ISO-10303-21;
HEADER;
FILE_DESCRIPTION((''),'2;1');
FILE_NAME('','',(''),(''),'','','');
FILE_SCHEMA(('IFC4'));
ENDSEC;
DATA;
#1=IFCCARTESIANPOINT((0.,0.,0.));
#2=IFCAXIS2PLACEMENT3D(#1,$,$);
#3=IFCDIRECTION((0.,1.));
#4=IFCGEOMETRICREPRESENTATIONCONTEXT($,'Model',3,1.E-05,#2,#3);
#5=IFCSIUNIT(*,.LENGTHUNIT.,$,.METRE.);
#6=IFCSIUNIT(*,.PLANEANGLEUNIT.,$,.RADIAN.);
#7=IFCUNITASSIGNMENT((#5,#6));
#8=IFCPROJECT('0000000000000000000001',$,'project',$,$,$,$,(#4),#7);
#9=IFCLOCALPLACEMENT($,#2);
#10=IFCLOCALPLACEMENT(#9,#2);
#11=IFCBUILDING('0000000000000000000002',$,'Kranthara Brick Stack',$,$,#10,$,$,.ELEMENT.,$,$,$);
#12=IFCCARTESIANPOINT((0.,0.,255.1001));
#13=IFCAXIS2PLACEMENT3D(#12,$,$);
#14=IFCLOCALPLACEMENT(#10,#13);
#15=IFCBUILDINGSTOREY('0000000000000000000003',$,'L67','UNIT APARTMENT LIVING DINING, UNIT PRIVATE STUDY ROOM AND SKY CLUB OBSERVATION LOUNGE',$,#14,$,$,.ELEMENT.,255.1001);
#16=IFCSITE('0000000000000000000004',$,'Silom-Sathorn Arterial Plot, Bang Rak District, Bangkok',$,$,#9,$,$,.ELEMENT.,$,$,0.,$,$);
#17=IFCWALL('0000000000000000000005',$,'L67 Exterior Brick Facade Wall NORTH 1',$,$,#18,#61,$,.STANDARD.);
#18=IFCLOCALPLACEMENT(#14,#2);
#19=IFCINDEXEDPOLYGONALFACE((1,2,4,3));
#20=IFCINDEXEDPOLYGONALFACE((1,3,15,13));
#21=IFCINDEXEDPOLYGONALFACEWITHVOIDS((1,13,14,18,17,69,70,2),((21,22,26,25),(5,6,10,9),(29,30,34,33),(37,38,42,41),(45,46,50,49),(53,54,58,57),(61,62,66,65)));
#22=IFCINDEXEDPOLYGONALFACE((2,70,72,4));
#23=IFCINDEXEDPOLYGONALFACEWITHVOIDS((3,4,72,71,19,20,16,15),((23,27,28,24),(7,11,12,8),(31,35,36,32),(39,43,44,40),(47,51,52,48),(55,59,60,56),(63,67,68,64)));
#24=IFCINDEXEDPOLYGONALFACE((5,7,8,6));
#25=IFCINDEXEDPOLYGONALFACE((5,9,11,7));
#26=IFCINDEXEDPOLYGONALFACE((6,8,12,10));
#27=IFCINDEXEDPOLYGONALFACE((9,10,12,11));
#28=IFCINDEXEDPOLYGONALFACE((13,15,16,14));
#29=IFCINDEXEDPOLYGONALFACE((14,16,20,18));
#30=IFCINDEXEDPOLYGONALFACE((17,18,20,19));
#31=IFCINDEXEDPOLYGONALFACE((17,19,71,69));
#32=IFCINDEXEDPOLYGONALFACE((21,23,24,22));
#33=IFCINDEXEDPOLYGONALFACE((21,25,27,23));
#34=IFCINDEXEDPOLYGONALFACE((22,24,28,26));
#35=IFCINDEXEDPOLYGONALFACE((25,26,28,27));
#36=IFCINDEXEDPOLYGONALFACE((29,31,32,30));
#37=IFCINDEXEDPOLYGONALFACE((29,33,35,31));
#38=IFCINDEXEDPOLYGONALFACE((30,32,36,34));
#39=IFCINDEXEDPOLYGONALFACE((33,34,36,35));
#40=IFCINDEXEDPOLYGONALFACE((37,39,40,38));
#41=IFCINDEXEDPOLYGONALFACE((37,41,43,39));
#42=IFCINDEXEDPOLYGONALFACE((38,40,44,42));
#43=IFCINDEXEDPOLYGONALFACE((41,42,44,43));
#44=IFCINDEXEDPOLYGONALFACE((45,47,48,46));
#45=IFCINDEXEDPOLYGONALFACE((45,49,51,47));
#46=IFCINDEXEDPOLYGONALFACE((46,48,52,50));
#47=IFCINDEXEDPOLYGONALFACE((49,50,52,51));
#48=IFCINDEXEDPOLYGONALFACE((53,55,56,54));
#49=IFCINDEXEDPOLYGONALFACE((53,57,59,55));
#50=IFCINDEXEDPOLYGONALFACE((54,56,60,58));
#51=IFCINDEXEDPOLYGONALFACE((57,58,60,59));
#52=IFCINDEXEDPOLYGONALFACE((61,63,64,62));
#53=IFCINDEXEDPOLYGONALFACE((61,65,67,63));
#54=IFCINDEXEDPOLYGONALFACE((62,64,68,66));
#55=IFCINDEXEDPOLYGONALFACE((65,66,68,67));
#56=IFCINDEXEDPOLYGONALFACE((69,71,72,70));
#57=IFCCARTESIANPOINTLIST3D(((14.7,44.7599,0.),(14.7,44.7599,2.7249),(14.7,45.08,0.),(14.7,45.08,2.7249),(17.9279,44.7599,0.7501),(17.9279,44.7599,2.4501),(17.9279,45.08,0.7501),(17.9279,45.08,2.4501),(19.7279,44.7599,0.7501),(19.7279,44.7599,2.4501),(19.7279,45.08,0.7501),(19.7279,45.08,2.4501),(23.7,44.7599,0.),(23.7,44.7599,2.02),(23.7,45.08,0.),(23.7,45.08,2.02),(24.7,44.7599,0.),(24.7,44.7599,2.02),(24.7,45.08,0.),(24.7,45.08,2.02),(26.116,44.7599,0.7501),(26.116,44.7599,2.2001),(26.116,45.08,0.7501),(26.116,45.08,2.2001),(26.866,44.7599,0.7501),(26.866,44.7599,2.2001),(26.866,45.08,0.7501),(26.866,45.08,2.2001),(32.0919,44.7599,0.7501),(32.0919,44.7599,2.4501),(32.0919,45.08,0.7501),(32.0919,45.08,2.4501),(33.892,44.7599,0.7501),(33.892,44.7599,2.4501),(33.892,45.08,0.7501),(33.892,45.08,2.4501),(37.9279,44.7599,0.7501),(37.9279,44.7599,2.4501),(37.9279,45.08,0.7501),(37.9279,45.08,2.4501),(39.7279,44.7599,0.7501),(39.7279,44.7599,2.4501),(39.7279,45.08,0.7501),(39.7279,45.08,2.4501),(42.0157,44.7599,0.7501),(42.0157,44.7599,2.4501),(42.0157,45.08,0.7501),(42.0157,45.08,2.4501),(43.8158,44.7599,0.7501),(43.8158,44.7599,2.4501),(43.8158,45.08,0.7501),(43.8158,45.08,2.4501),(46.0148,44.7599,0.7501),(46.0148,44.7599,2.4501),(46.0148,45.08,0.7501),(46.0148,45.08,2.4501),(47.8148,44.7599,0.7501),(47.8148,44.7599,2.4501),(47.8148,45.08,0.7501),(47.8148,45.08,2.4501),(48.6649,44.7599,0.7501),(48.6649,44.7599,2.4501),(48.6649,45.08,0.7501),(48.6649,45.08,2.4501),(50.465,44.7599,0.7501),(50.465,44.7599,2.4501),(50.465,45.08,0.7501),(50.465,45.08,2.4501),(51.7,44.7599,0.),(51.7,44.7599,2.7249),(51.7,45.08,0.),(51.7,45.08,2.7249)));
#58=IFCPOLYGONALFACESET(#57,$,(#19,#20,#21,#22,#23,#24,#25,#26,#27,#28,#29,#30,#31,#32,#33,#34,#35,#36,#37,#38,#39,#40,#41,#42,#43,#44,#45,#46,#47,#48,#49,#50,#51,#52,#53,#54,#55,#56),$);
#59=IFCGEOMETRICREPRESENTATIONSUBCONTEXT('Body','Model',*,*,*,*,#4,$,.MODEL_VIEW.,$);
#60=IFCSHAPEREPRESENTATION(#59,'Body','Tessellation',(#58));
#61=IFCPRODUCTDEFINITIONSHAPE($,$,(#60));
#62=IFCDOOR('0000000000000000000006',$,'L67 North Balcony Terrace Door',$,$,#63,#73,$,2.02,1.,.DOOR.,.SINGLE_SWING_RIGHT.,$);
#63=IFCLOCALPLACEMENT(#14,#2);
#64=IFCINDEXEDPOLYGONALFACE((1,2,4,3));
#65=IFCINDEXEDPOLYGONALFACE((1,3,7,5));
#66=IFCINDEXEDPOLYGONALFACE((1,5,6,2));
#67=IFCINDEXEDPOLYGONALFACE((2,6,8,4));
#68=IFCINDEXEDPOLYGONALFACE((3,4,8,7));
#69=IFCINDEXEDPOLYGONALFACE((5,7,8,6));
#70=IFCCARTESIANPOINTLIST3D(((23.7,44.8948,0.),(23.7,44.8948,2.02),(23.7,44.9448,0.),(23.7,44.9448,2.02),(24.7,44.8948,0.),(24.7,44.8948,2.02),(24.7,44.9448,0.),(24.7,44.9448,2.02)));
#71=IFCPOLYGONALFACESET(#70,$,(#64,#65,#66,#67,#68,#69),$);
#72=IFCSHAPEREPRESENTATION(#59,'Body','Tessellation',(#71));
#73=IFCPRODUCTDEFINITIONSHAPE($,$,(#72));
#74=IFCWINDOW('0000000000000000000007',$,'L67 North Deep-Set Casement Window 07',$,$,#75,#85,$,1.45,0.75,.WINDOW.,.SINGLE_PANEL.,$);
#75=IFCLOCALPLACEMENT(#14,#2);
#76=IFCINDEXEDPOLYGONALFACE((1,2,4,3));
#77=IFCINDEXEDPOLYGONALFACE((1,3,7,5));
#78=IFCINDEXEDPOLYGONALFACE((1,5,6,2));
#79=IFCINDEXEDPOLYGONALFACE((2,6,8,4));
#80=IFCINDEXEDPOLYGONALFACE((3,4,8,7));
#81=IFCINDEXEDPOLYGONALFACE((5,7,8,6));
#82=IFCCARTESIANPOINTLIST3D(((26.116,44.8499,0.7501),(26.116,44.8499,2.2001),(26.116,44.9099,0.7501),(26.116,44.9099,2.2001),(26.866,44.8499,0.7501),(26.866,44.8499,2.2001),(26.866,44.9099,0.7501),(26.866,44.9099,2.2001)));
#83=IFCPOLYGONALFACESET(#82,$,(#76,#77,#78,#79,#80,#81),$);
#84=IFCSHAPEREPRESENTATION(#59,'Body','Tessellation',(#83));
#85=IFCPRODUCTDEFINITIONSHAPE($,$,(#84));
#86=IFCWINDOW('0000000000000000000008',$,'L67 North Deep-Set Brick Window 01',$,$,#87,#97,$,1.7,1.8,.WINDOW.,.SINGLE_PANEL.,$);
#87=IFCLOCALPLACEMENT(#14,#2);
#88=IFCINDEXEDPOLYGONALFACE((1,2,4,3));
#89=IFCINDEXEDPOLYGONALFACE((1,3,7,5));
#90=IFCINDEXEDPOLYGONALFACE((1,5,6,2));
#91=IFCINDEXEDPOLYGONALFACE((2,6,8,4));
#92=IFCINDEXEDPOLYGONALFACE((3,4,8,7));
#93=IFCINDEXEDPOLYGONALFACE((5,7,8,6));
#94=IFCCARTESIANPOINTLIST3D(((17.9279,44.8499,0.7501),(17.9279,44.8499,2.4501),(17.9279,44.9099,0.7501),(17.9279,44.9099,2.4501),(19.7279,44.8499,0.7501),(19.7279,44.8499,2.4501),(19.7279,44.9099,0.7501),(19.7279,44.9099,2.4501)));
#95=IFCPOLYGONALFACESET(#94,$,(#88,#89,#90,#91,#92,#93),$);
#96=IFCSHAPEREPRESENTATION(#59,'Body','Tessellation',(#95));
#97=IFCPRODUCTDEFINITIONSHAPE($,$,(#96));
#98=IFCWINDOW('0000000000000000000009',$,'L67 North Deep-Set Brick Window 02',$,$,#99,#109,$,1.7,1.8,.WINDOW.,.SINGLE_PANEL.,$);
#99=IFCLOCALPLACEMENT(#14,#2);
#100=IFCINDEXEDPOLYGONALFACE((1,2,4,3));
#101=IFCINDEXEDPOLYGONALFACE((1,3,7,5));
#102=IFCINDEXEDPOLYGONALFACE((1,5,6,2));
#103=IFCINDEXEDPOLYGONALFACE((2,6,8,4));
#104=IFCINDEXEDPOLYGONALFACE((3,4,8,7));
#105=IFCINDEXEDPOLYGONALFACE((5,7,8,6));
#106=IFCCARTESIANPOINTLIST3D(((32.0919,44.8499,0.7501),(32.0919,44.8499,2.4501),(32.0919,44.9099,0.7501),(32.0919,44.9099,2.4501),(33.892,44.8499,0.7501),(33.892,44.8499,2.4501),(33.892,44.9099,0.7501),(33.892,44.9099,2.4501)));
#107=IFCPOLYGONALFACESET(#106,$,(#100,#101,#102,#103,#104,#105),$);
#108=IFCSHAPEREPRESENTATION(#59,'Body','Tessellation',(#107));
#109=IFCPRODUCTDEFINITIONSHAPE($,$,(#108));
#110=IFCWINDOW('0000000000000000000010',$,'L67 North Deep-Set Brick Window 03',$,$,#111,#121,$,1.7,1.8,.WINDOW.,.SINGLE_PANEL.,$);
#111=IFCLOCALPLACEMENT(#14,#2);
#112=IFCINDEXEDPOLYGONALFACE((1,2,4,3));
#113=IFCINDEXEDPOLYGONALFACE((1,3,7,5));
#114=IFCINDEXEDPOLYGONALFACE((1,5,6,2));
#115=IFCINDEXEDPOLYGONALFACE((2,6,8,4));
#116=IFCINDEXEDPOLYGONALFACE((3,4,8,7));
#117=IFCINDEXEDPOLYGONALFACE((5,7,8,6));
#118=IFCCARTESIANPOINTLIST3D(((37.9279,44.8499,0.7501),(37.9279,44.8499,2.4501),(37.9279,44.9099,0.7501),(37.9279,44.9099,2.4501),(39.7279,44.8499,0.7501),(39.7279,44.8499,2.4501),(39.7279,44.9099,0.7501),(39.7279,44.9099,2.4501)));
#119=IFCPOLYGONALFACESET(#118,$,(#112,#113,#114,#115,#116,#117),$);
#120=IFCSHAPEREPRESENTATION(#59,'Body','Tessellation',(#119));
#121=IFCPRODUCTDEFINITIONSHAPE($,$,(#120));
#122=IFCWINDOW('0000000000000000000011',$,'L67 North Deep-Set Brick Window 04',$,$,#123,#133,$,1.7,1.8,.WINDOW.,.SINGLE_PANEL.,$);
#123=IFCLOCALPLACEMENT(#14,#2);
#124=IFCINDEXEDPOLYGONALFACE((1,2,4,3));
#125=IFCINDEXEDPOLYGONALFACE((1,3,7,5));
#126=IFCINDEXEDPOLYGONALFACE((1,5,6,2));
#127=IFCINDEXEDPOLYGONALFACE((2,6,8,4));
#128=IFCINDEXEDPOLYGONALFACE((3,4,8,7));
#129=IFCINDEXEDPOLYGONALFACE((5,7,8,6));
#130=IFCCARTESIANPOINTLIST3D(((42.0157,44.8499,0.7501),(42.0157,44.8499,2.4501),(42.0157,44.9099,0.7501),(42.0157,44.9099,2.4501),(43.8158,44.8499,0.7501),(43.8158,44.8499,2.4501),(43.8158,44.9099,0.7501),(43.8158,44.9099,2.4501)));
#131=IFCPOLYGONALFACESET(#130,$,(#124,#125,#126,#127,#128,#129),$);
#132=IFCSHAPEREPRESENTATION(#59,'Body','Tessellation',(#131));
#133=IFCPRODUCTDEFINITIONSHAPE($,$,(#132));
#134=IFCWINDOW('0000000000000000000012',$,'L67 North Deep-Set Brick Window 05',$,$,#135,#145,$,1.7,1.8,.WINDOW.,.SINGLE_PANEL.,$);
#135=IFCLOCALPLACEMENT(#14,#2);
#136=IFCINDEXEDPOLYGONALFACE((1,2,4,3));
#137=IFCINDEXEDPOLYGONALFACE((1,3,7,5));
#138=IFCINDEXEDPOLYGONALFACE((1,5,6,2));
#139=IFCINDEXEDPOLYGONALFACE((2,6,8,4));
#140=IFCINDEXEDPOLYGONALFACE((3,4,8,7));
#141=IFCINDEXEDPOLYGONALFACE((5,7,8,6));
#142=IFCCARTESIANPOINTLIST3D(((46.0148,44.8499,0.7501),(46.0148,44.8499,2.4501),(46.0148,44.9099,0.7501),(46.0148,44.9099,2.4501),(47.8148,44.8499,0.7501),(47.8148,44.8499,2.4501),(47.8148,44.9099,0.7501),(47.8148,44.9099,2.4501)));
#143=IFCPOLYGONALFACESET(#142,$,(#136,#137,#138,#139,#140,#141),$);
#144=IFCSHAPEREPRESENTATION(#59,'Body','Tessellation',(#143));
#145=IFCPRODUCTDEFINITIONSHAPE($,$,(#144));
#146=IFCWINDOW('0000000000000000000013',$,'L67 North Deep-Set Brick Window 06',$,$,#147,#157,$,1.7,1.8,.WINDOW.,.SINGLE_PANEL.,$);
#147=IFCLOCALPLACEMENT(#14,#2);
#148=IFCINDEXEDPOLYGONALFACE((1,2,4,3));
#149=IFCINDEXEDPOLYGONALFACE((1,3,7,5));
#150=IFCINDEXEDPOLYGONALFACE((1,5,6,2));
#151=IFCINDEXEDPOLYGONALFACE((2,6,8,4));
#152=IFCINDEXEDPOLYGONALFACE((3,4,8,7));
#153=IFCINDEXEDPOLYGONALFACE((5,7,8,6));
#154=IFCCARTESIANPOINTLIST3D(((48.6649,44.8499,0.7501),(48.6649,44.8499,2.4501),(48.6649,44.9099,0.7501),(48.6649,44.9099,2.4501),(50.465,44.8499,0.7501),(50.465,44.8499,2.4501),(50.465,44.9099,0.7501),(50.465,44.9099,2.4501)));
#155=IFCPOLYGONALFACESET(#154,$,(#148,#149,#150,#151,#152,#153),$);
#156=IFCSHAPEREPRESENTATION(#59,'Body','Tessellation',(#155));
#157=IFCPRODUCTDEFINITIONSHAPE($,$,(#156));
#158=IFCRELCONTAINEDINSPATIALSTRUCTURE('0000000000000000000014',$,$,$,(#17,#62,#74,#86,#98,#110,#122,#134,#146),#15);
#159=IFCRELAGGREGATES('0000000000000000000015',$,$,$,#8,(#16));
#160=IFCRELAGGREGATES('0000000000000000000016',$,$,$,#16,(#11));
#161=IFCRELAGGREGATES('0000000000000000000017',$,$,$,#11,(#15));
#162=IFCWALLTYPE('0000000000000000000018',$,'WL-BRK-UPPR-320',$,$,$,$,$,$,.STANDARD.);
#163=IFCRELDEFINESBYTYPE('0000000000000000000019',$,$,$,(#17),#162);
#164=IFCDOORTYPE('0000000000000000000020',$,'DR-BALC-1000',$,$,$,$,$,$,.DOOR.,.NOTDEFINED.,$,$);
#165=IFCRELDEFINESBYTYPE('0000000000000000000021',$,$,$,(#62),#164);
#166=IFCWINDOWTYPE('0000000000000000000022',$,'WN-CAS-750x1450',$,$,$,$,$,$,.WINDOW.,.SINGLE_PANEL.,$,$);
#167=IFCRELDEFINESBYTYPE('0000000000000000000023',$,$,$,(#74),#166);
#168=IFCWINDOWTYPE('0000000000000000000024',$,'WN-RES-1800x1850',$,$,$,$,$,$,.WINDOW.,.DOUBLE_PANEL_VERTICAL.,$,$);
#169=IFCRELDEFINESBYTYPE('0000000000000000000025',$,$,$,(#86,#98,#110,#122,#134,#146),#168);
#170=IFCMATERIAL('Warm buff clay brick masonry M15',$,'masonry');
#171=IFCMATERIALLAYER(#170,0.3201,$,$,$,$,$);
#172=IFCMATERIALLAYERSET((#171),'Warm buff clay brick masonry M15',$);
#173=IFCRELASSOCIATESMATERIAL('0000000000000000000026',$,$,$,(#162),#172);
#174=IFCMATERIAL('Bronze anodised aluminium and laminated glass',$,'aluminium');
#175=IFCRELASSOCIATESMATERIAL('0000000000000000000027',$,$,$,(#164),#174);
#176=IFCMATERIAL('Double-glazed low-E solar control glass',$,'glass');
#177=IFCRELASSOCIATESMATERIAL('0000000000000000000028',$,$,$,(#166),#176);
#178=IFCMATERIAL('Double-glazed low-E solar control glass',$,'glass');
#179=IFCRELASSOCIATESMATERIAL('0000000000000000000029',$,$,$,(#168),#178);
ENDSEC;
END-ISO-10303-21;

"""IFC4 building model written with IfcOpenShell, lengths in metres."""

from ifc_helpers import new_model, si_unit, direction, frame, frame_2d, origin, place, context, subcontext, project, spatial, rectangle, extrude, material, layer, layer_set, type_object, element, fill, save


model = new_model("IFC4")

# Units and contexts
model_context = context("Model", 3, precision=1e-05, world=origin(), true_north=direction((0.0, 1.0)))
body_context = subcontext(model_context, "Body", "Model", "MODEL_VIEW")
ifc_project = project(units=[si_unit("LENGTHUNIT", "METRE"), si_unit("PLANEANGLEUNIT", "RADIAN")], contexts=[model_context])

# Site, building, storey
site_placement = place(None, origin())
site = spatial("IfcSite", under=ifc_project, at=site_placement, Name="Silom-Sathorn Arterial Plot, Bang Rak District, Bangkok", CompositionType="ELEMENT", RefElevation=0.0)
building_placement = place(site_placement, origin())
building = spatial("IfcBuilding", under=site, at=building_placement, Name="Kranthara Brick Stack", CompositionType="ELEMENT")
storey_placement = place(building_placement, frame((0.0, 0.0, 255.1001)))
storey = spatial("IfcBuildingStorey", under=building, at=storey_placement, Name="L67", Description="UNIT APARTMENT LIVING DINING, UNIT PRIVATE STUDY ROOM AND SKY CLUB OBSERVATION LOUNGE", CompositionType="ELEMENT", Elevation=255.1001)

# Wall, openings, door, windows
ifc_material_1 = material(Name="Warm buff clay brick masonry M15", Category="masonry")
ifc_layer = layer(ifc_material_1, 0.3201)
ifc_layer_set = layer_set([ifc_layer], Name="Warm buff clay brick masonry M15")
wall_type = type_object("IfcWallType", Name="WL-BRK-UPPR-320", PredefinedType="STANDARD", material=ifc_layer_set)
wall_placement = place(storey_placement, frame((14.7, 44.9199, 0.0), z_axis=(0.0, 0.0, 1.0), x_axis=(1.0, 0.0, 0.0)))
wall = element("IfcWall", 1, at=wall_placement, inside=storey, type_object=wall_type, Name="L67 Exterior Brick Facade Wall NORTH 1", PredefinedType="STANDARD", context=body_context, shape_type="SweptSolid", body=[
    extrude(rectangle(XDim=37.0, YDim=0.3201, at=frame_2d((18.5, 0.0))), origin(), (0.0, 0.0, 1.0), 2.7249),
])
opening_1_placement = place(wall_placement, frame((9.0, 0.0, 0.0)))
opening_1 = element("IfcOpeningElement", 2, at=opening_1_placement, cuts=wall, PredefinedType="OPENING", context=body_context, shape_type="SweptSolid", body=[
    extrude(rectangle(XDim=1.0, YDim=2.02, at=frame_2d((0.5, 1.01))), frame((0.0, 0.1699, 0.0), z_axis=(0.0, -1.0, 0.0), x_axis=(1.0, 0.0, 0.0)), (0.0, 0.0, 1.0), 0.3401),
])
opening_2_placement = place(wall_placement, frame((3.228, 0.0, 0.75)))
opening_2 = element("IfcOpeningElement", 3, at=opening_2_placement, cuts=wall, PredefinedType="OPENING", context=body_context, shape_type="SweptSolid", body=[
    extrude(rectangle(XDim=1.8, YDim=1.7, at=frame_2d((0.8999, 0.8501))), frame((0.0, 0.1699, 0.0), z_axis=(0.0, -1.0, 0.0), x_axis=(1.0, 0.0, 0.0)), (0.0, 0.0, 1.0), 0.3401),
])
opening_3_placement = place(wall_placement, frame((17.3921, 0.0, 0.75)))
opening_3 = element("IfcOpeningElement", 4, at=opening_3_placement, cuts=wall, PredefinedType="OPENING", context=body_context, shape_type="SweptSolid", body=[
    extrude(rectangle(XDim=1.8, YDim=1.7, at=frame_2d((0.8999, 0.8501))), frame((0.0, 0.1699, 0.0), z_axis=(0.0, -1.0, 0.0), x_axis=(1.0, 0.0, 0.0)), (0.0, 0.0, 1.0), 0.3401),
])
opening_4_placement = place(wall_placement, frame((23.228, 0.0, 0.75)))
opening_4 = element("IfcOpeningElement", 5, at=opening_4_placement, cuts=wall, PredefinedType="OPENING", context=body_context, shape_type="SweptSolid", body=[
    extrude(rectangle(XDim=1.8, YDim=1.7, at=frame_2d((0.8999, 0.8501))), frame((0.0, 0.1699, 0.0), z_axis=(0.0, -1.0, 0.0), x_axis=(1.0, 0.0, 0.0)), (0.0, 0.0, 1.0), 0.3401),
])
opening_5_placement = place(wall_placement, frame((27.3159, 0.0, 0.75)))
opening_5 = element("IfcOpeningElement", 6, at=opening_5_placement, cuts=wall, PredefinedType="OPENING", context=body_context, shape_type="SweptSolid", body=[
    extrude(rectangle(XDim=1.8, YDim=1.7, at=frame_2d((0.8999, 0.8501))), frame((0.0, 0.1699, 0.0), z_axis=(0.0, -1.0, 0.0), x_axis=(1.0, 0.0, 0.0)), (0.0, 0.0, 1.0), 0.3401),
])
opening_6_placement = place(wall_placement, frame((31.3149, 0.0, 0.75)))
opening_6 = element("IfcOpeningElement", 7, at=opening_6_placement, cuts=wall, PredefinedType="OPENING", context=body_context, shape_type="SweptSolid", body=[
    extrude(rectangle(XDim=1.8, YDim=1.7, at=frame_2d((0.8999, 0.8501))), frame((0.0, 0.1699, 0.0), z_axis=(0.0, -1.0, 0.0), x_axis=(1.0, 0.0, 0.0)), (0.0, 0.0, 1.0), 0.3401),
])
opening_7_placement = place(wall_placement, frame((33.9651, 0.0, 0.75)))
opening_7 = element("IfcOpeningElement", 8, at=opening_7_placement, cuts=wall, PredefinedType="OPENING", context=body_context, shape_type="SweptSolid", body=[
    extrude(rectangle(XDim=1.8, YDim=1.7, at=frame_2d((0.8999, 0.8501))), frame((0.0, 0.1699, 0.0), z_axis=(0.0, -1.0, 0.0), x_axis=(1.0, 0.0, 0.0)), (0.0, 0.0, 1.0), 0.3401),
])
opening_8_placement = place(wall_placement, frame((11.416, 0.0, 0.75)))
opening_8 = element("IfcOpeningElement", 9, at=opening_8_placement, cuts=wall, PredefinedType="OPENING", context=body_context, shape_type="SweptSolid", body=[
    extrude(rectangle(XDim=0.75, YDim=1.45, at=frame_2d((0.375, 0.7251))), frame((0.0, 0.1699, 0.0), z_axis=(0.0, -1.0, 0.0), x_axis=(1.0, 0.0, 0.0)), (0.0, 0.0, 1.0), 0.3401),
])
ifc_material_2 = material(Name="Bronze anodised aluminium and laminated glass", Category="aluminium")
door_type = type_object("IfcDoorType", Name="DR-BALC-1000", OperationType="NOTDEFINED", PredefinedType="DOOR", material=ifc_material_2)
door_placement = place(opening_1_placement, origin())
door = element("IfcDoor", 10, at=door_placement, inside=storey, type_object=door_type, Name="L67 North Balcony Terrace Door", OperationType="SINGLE_SWING_RIGHT", OverallHeight=2.02, OverallWidth=1.0, PredefinedType="DOOR", context=body_context, shape_type="SweptSolid", body=[
    extrude(rectangle(XDim=1.0, YDim=2.02, at=frame_2d((0.5, 1.01))), frame((0.0, 0.0249, 0.0), z_axis=(0.0, -1.0, 0.0), x_axis=(1.0, 0.0, 0.0)), (0.0, 0.0, 1.0), 0.05),
])
fill(opening_1, door)
ifc_material_3 = material(Name="Double-glazed low-E solar control glass", Category="glass")
window_type_1 = type_object("IfcWindowType", Name="WN-CAS-750x1450", PartitioningType="SINGLE_PANEL", PredefinedType="WINDOW", material=ifc_material_3)
window_1_placement = place(opening_8_placement, origin())
window_1 = element("IfcWindow", 11, at=window_1_placement, inside=storey, type_object=window_type_1, Name="L67 North Deep-Set Casement Window 07", OverallHeight=1.45, OverallWidth=0.75, PartitioningType="SINGLE_PANEL", PredefinedType="WINDOW", context=body_context, shape_type="SweptSolid", body=[
    extrude(rectangle(XDim=0.75, YDim=1.45, at=frame_2d((0.375, 0.7251))), frame((0.0, -0.01, 0.0), z_axis=(0.0, -1.0, 0.0), x_axis=(1.0, 0.0, 0.0)), (0.0, 0.0, 1.0), 0.0601),
])
fill(opening_8, window_1)
ifc_material_4 = material(Name="Double-glazed low-E solar control glass", Category="glass")
window_type_2 = type_object("IfcWindowType", Name="WN-RES-1800x1850", PartitioningType="DOUBLE_PANEL_VERTICAL", PredefinedType="WINDOW", material=ifc_material_4)
window_2_placement = place(opening_2_placement, origin())
window_2 = element("IfcWindow", 12, at=window_2_placement, inside=storey, type_object=window_type_2, Name="L67 North Deep-Set Brick Window 01", OverallHeight=1.7, OverallWidth=1.8, PartitioningType="SINGLE_PANEL", PredefinedType="WINDOW", context=body_context, shape_type="SweptSolid", body=[
    extrude(rectangle(XDim=1.8, YDim=1.7, at=frame_2d((0.8999, 0.8501))), frame((0.0, -0.01, 0.0), z_axis=(0.0, -1.0, 0.0), x_axis=(1.0, 0.0, 0.0)), (0.0, 0.0, 1.0), 0.0601),
])
fill(opening_2, window_2)
window_3_placement = place(opening_3_placement, origin())
window_3 = element("IfcWindow", 13, at=window_3_placement, inside=storey, type_object=window_type_2, Name="L67 North Deep-Set Brick Window 02", OverallHeight=1.7, OverallWidth=1.8, PartitioningType="SINGLE_PANEL", PredefinedType="WINDOW", context=body_context, shape_type="SweptSolid", body=[
    extrude(rectangle(XDim=1.8, YDim=1.7, at=frame_2d((0.8999, 0.8501))), frame((0.0, -0.01, 0.0), z_axis=(0.0, -1.0, 0.0), x_axis=(1.0, 0.0, 0.0)), (0.0, 0.0, 1.0), 0.0601),
])
fill(opening_3, window_3)
window_4_placement = place(opening_4_placement, origin())
window_4 = element("IfcWindow", 14, at=window_4_placement, inside=storey, type_object=window_type_2, Name="L67 North Deep-Set Brick Window 03", OverallHeight=1.7, OverallWidth=1.8, PartitioningType="SINGLE_PANEL", PredefinedType="WINDOW", context=body_context, shape_type="SweptSolid", body=[
    extrude(rectangle(XDim=1.8, YDim=1.7, at=frame_2d((0.8999, 0.8501))), frame((0.0, -0.01, 0.0), z_axis=(0.0, -1.0, 0.0), x_axis=(1.0, 0.0, 0.0)), (0.0, 0.0, 1.0), 0.0601),
])
fill(opening_4, window_4)
window_5_placement = place(opening_5_placement, origin())
window_5 = element("IfcWindow", 15, at=window_5_placement, inside=storey, type_object=window_type_2, Name="L67 North Deep-Set Brick Window 04", OverallHeight=1.7, OverallWidth=1.8, PartitioningType="SINGLE_PANEL", PredefinedType="WINDOW", context=body_context, shape_type="SweptSolid", body=[
    extrude(rectangle(XDim=1.8, YDim=1.7, at=frame_2d((0.8999, 0.8501))), frame((0.0, -0.01, 0.0), z_axis=(0.0, -1.0, 0.0), x_axis=(1.0, 0.0, 0.0)), (0.0, 0.0, 1.0), 0.0601),
])
fill(opening_5, window_5)
window_6_placement = place(opening_6_placement, origin())
window_6 = element("IfcWindow", 16, at=window_6_placement, inside=storey, type_object=window_type_2, Name="L67 North Deep-Set Brick Window 05", OverallHeight=1.7, OverallWidth=1.8, PartitioningType="SINGLE_PANEL", PredefinedType="WINDOW", context=body_context, shape_type="SweptSolid", body=[
    extrude(rectangle(XDim=1.8, YDim=1.7, at=frame_2d((0.8999, 0.8501))), frame((0.0, -0.01, 0.0), z_axis=(0.0, -1.0, 0.0), x_axis=(1.0, 0.0, 0.0)), (0.0, 0.0, 1.0), 0.0601),
])
fill(opening_6, window_6)
window_7_placement = place(opening_7_placement, origin())
window_7 = element("IfcWindow", 17, at=window_7_placement, inside=storey, type_object=window_type_2, Name="L67 North Deep-Set Brick Window 06", OverallHeight=1.7, OverallWidth=1.8, PartitioningType="SINGLE_PANEL", PredefinedType="WINDOW", context=body_context, shape_type="SweptSolid", body=[
    extrude(rectangle(XDim=1.8, YDim=1.7, at=frame_2d((0.8999, 0.8501))), frame((0.0, -0.01, 0.0), z_axis=(0.0, -1.0, 0.0), x_axis=(1.0, 0.0, 0.0)), (0.0, 0.0, 1.0), 0.0601),
])
fill(opening_7, window_7)

save(model, "model.ifc")
